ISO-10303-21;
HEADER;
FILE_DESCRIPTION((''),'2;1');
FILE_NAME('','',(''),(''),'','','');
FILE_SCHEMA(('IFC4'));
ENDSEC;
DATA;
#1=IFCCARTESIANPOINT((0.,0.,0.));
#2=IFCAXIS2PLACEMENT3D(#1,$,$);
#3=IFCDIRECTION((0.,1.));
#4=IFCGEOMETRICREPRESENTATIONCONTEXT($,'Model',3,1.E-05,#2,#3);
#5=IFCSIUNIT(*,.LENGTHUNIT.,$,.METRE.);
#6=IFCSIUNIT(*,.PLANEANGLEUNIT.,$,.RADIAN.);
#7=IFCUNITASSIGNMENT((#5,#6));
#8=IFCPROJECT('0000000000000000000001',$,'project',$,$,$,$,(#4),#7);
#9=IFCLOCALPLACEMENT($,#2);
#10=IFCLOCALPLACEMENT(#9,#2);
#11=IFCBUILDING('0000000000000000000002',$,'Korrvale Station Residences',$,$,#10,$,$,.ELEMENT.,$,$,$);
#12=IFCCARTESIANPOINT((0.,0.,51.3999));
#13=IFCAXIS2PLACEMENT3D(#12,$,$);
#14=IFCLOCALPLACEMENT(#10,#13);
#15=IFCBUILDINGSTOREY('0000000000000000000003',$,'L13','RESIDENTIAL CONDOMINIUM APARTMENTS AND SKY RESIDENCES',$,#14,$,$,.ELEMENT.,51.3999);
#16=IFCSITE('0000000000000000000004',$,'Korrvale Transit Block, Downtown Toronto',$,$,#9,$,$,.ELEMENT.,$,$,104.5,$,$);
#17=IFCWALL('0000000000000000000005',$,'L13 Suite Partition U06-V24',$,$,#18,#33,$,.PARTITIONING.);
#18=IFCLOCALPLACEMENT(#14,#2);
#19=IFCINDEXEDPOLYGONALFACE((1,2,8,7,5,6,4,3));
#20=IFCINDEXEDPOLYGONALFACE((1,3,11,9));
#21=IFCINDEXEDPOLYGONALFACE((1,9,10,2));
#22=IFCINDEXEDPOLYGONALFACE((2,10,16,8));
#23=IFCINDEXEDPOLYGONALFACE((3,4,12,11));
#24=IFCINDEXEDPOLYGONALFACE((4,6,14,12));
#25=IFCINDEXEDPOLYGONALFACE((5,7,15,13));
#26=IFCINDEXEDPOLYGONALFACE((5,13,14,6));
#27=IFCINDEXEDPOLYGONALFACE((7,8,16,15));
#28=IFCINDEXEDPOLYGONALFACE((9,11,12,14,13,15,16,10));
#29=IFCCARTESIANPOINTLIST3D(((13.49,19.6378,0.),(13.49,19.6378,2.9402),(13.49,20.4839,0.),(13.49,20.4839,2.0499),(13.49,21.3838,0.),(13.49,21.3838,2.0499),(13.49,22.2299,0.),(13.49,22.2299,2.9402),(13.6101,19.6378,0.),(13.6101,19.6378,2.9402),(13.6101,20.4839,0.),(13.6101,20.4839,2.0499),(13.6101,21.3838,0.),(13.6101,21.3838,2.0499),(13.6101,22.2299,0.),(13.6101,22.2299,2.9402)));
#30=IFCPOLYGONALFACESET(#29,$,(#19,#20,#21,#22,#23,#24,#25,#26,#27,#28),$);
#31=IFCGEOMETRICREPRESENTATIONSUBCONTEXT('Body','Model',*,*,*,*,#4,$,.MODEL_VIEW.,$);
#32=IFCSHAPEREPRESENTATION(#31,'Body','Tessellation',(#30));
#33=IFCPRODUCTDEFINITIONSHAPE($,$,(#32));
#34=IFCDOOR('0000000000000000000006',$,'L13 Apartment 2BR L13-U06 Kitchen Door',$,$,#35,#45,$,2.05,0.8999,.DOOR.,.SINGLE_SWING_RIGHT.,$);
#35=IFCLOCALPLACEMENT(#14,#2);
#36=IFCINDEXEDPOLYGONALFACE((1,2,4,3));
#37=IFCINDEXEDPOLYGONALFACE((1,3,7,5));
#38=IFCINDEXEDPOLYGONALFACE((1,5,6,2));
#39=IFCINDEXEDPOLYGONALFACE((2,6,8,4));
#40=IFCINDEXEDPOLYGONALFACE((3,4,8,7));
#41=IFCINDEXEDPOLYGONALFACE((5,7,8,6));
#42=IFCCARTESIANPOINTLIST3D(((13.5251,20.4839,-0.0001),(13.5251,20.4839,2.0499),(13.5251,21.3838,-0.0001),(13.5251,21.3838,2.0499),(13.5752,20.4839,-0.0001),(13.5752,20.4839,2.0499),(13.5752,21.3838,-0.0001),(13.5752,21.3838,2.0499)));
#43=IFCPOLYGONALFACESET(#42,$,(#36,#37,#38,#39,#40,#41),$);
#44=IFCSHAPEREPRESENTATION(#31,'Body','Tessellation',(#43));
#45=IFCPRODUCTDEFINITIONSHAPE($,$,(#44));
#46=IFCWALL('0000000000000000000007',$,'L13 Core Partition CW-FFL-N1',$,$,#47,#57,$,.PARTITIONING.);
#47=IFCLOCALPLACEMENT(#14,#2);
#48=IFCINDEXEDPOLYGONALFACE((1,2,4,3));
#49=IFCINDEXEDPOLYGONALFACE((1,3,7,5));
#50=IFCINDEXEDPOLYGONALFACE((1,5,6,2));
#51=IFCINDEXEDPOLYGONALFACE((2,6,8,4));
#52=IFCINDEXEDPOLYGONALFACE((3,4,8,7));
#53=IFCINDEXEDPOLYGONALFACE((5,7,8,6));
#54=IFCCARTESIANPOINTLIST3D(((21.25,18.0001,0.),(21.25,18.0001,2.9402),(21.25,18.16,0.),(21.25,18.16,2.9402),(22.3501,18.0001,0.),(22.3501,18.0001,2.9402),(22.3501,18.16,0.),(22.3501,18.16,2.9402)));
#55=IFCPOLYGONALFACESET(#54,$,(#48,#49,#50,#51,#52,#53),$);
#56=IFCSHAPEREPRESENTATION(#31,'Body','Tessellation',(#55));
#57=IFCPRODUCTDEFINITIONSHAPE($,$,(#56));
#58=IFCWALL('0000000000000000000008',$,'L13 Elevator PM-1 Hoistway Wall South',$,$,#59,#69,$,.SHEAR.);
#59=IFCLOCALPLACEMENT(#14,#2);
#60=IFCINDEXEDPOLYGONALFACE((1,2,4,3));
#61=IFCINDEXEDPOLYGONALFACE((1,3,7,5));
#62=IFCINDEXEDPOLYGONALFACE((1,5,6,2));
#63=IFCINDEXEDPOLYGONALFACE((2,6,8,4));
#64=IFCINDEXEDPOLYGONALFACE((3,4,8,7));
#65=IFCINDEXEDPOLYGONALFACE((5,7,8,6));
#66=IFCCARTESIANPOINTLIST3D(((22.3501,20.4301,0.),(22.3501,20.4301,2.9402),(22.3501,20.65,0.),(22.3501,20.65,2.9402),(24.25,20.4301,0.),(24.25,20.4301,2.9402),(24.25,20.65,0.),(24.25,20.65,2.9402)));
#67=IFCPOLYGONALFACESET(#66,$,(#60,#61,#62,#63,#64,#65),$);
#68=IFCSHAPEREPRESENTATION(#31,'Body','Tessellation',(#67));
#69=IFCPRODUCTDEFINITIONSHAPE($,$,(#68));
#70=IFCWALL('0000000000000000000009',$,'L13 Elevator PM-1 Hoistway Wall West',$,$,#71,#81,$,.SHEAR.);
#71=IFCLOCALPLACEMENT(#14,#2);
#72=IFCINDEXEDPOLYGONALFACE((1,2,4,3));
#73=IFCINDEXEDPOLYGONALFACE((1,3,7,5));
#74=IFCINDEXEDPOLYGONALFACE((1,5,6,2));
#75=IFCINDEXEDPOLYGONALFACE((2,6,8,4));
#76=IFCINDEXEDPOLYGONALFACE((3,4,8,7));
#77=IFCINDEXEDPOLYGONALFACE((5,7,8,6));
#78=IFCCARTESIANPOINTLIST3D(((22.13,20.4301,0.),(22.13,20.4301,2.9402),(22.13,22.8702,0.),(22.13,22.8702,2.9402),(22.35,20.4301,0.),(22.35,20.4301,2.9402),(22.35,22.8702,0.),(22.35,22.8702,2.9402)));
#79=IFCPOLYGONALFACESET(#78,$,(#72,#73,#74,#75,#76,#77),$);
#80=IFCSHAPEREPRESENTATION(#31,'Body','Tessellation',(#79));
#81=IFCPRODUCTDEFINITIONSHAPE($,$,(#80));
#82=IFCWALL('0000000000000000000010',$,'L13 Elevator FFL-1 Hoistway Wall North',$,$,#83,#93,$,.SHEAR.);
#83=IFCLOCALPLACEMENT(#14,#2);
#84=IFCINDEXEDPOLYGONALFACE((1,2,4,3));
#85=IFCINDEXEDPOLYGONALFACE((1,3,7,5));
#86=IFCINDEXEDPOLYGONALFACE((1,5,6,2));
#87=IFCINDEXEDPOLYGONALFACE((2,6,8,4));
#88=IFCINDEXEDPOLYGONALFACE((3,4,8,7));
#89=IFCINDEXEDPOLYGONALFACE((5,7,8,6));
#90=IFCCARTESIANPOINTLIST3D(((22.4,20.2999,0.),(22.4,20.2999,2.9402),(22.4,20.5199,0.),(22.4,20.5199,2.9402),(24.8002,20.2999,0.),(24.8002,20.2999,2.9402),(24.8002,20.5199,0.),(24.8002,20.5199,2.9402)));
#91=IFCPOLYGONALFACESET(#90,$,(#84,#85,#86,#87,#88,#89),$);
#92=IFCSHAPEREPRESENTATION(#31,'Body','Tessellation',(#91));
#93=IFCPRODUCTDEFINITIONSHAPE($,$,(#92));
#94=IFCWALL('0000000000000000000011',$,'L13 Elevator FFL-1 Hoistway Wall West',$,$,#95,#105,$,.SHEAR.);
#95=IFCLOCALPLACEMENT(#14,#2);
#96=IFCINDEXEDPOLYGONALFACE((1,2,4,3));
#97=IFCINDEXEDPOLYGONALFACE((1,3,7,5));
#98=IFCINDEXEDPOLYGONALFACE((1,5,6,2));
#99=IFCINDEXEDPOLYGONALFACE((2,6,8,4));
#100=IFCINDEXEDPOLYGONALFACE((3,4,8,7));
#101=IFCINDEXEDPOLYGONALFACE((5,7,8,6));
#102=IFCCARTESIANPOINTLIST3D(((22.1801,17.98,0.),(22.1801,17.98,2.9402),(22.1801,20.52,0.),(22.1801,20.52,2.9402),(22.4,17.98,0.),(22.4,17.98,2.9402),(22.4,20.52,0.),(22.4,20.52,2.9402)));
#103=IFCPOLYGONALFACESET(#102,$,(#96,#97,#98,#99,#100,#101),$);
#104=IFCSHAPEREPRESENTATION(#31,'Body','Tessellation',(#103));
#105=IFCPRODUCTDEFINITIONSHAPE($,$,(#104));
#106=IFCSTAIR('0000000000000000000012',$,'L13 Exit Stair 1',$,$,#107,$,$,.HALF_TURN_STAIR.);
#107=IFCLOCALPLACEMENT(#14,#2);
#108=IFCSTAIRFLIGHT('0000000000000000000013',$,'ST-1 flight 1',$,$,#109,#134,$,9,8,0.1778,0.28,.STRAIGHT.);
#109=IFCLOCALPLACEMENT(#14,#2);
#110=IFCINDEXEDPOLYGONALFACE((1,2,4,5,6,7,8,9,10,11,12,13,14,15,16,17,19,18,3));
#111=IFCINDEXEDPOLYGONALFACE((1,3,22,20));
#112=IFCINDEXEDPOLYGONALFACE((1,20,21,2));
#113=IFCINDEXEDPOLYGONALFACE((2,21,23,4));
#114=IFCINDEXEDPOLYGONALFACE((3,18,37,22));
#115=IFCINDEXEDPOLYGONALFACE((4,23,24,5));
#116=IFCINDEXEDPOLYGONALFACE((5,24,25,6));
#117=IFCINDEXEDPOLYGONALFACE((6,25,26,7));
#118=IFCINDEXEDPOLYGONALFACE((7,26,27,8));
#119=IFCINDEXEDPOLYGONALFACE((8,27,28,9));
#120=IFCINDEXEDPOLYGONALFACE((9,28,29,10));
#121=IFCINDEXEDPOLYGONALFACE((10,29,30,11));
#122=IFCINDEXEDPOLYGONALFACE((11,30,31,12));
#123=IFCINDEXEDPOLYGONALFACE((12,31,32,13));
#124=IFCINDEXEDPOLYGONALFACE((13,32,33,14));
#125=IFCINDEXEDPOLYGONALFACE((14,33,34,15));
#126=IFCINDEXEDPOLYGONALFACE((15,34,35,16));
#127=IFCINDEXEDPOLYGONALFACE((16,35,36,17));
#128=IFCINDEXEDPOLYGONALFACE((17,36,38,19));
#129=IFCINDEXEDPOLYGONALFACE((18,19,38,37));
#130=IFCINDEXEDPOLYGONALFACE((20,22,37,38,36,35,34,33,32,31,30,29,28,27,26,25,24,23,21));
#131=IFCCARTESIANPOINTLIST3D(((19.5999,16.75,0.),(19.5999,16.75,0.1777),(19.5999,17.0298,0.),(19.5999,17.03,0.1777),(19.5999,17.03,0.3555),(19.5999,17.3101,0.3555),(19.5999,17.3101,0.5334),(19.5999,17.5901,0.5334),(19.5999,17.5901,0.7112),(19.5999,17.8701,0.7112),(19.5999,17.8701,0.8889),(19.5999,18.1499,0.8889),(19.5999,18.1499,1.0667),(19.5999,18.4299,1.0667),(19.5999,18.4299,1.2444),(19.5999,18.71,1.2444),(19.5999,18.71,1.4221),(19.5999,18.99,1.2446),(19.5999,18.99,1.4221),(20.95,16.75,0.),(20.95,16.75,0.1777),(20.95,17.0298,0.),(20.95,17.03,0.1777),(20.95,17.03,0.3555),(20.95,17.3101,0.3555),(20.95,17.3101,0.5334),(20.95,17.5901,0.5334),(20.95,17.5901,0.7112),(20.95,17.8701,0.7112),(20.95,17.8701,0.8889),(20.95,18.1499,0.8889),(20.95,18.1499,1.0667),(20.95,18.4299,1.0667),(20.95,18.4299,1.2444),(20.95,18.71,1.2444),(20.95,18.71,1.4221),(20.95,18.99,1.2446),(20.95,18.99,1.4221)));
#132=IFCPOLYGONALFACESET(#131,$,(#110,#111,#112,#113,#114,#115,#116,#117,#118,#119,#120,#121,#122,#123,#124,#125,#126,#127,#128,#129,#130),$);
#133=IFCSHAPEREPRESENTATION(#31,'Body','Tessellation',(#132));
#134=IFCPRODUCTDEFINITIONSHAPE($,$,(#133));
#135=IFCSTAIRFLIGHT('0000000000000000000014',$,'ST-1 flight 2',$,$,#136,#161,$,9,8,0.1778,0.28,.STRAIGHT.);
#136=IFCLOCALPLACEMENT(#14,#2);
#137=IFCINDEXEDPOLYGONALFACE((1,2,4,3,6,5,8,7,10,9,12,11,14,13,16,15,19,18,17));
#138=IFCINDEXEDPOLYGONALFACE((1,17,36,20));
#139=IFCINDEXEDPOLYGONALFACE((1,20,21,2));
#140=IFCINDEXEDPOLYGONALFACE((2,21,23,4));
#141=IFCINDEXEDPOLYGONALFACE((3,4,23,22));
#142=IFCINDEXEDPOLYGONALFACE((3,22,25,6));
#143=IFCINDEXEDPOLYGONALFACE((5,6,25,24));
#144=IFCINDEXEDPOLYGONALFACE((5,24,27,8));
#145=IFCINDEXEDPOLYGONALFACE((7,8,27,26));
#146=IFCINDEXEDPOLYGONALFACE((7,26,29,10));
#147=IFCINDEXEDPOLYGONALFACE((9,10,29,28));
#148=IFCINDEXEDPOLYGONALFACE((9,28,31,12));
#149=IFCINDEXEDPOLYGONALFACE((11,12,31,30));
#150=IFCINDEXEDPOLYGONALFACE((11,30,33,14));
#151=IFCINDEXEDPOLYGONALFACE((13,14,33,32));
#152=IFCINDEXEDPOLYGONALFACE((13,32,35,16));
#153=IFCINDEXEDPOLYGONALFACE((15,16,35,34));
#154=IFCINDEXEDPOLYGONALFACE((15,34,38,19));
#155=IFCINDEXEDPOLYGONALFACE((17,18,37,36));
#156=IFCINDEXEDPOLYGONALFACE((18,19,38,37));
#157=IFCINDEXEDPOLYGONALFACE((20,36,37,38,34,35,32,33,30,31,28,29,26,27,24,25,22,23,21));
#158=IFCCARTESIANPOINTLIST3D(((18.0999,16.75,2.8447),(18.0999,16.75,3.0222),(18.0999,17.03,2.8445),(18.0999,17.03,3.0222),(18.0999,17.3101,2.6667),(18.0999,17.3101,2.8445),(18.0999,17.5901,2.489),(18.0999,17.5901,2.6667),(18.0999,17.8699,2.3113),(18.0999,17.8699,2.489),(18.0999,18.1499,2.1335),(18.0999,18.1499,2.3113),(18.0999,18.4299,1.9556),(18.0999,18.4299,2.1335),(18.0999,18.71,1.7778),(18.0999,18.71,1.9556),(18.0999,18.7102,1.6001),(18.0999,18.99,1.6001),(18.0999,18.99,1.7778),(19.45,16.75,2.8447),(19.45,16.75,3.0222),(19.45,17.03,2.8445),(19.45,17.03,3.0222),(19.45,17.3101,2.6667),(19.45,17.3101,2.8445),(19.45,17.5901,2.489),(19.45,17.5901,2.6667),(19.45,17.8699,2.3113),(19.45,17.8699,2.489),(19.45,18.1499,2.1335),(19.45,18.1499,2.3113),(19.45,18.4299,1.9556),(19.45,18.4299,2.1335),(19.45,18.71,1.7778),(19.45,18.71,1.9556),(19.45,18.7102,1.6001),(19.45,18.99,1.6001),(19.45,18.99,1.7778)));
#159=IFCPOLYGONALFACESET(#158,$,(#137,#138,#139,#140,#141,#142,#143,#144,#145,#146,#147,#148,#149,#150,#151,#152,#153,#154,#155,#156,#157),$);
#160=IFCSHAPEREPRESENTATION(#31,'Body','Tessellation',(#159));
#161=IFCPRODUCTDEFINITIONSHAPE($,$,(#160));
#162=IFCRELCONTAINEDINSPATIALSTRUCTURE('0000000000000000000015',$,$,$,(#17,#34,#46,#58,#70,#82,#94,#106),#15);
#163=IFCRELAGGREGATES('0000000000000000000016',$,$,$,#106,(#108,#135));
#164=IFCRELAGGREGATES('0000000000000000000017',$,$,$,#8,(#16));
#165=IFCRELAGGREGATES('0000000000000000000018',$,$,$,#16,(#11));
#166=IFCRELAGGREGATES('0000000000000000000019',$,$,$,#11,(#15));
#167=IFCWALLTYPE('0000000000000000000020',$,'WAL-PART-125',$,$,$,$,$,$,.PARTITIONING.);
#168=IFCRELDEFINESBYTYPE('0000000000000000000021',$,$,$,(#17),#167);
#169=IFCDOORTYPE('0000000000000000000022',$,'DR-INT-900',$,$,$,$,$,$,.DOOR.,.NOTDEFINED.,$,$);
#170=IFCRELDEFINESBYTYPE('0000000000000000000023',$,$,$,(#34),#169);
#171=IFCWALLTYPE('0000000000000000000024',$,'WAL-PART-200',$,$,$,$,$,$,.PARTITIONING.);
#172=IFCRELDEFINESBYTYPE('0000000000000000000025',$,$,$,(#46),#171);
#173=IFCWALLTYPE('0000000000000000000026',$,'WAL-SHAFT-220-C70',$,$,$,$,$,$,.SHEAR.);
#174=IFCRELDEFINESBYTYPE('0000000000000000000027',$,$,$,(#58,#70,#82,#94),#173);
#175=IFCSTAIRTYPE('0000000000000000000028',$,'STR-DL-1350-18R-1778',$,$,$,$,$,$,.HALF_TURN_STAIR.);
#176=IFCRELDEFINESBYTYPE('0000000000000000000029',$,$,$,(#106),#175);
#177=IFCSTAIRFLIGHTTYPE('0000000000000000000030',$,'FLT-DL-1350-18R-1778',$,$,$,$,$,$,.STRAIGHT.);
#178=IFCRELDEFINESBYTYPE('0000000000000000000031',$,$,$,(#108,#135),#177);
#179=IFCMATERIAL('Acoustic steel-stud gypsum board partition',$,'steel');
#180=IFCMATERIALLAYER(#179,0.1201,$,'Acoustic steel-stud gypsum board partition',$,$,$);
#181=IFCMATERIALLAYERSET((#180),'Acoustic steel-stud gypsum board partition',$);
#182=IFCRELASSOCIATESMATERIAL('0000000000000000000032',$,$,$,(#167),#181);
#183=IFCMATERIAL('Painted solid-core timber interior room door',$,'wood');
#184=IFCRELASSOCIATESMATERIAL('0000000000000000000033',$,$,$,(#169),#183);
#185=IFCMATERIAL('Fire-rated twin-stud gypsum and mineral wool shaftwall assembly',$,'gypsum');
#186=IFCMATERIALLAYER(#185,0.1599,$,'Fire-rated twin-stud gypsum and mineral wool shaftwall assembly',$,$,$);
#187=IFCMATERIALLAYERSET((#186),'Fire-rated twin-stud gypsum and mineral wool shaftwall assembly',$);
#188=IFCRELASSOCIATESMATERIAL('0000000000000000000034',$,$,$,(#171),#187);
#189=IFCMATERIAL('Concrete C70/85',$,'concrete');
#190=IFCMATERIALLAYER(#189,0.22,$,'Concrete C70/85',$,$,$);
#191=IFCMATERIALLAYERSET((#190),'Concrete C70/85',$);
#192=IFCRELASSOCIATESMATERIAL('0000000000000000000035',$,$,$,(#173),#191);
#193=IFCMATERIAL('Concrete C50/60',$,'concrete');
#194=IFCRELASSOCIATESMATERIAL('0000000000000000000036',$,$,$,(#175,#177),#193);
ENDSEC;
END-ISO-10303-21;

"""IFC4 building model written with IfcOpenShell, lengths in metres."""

from ifc_helpers import new_model, si_unit, direction, frame, frame_2d, origin, place, context, subcontext, project, spatial, polyline, rectangle, outline, extrude, material, layer, layer_set, type_object, element, fill, aggregate, save


model = new_model("IFC4")

# Units and contexts
model_context = context("Model", 3, precision=1e-05, world=origin(), true_north=direction((0.0, 1.0)))
body_context = subcontext(model_context, "Body", "Model", "MODEL_VIEW")
ifc_project = project(units=[si_unit("LENGTHUNIT", "METRE"), si_unit("PLANEANGLEUNIT", "RADIAN")], contexts=[model_context])

# Site, building, storey
site_placement = place(None, origin())
site = spatial("IfcSite", under=ifc_project, at=site_placement, Name="Korrvale Transit Block, Downtown Toronto", CompositionType="ELEMENT", RefElevation=104.5)
building_placement = place(site_placement, origin())
building = spatial("IfcBuilding", under=site, at=building_placement, Name="Korrvale Station Residences", CompositionType="ELEMENT")
storey_placement = place(building_placement, frame((0.0, 0.0, 51.3999)))
storey = spatial("IfcBuildingStorey", under=building, at=storey_placement, Name="L13", Description="RESIDENTIAL CONDOMINIUM APARTMENTS AND SKY RESIDENCES", CompositionType="ELEMENT", Elevation=51.3999)

# Shared definitions
ifc_material_1 = material(Name="Concrete C70/85", Category="concrete")

# Shared definitions
ifc_material_2 = material(Name="Acoustic steel-stud gypsum board partition", Category="steel")
ifc_layer_1 = layer(ifc_material_2, 0.1201, Name="Acoustic steel-stud gypsum board partition")
ifc_layer_set_1 = layer_set([ifc_layer_1], Name="Acoustic steel-stud gypsum board partition")
wall_type_1 = type_object("IfcWallType", Name="WAL-PART-125", PredefinedType="PARTITIONING", material=ifc_layer_set_1)

# Wall, opening, door
ifc_material_3 = material(Name="Painted solid-core timber interior room door", Category="wood")
door_type_1 = type_object("IfcDoorType", Name="DR-INT-900", OperationType="NOTDEFINED", PredefinedType="DOOR", material=ifc_material_3)
wall_1_placement = place(storey_placement, frame((13.55, 19.6379, 0.0), z_axis=(0.0, 0.0, 1.0), x_axis=(0.0, 1.0, 0.0)))
wall_1 = element("IfcWall", 1, at=wall_1_placement, inside=storey, type_object=wall_type_1, Name="L13 Suite Partition U06-V24", PredefinedType="PARTITIONING", context=body_context, shape_type="SweptSolid", body=[
    extrude(rectangle(XDim=2.592, YDim=0.1201, at=frame_2d((1.2959, 0.0))), origin(), (0.0, 0.0, 1.0), 2.9402),
])
opening_1_placement = place(wall_1_placement, frame((0.8459, 0.0, 0.0)))
opening_1 = element("IfcOpeningElement", 2, at=opening_1_placement, cuts=wall_1, PredefinedType="OPENING", context=body_context, shape_type="SweptSolid", body=[
    extrude(rectangle(XDim=0.8999, YDim=2.05, at=frame_2d((0.45, 1.0249))), frame((0.0, 0.0701, 0.0), z_axis=(0.0, -1.0, 0.0), x_axis=(1.0, 0.0, 0.0)), (0.0, 0.0, 1.0), 0.1401),
])
door_1_placement = place(opening_1_placement, origin())
door_1 = element("IfcDoor", 3, at=door_1_placement, inside=storey, type_object=door_type_1, Name="L13 Apartment 2BR L13-U06 Kitchen Door", OperationType="SINGLE_SWING_RIGHT", OverallHeight=2.05, OverallWidth=0.8999, PredefinedType="DOOR", context=body_context, shape_type="SweptSolid", body=[
    extrude(rectangle(XDim=0.8999, YDim=2.05, at=frame_2d((0.45, 1.0249))), frame((0.0, 0.0249, 0.0), z_axis=(0.0, -1.0, 0.0), x_axis=(1.0, 0.0, 0.0)), (0.0, 0.0, 1.0), 0.05),
])
fill(opening_1, door_1)

# Walls
ifc_material_4 = material(Name="Fire-rated twin-stud gypsum and mineral wool shaftwall assembly", Category="gypsum")
ifc_layer_2 = layer(ifc_material_4, 0.1599, Name="Fire-rated twin-stud gypsum and mineral wool shaftwall assembly")
ifc_layer_set_2 = layer_set([ifc_layer_2], Name="Fire-rated twin-stud gypsum and mineral wool shaftwall assembly")
wall_type_2 = type_object("IfcWallType", Name="WAL-PART-200", PredefinedType="PARTITIONING", material=ifc_layer_set_2)
wall_2_placement = place(storey_placement, frame((21.25, 18.0801, 0.0), z_axis=(0.0, 0.0, 1.0), x_axis=(1.0, 0.0, 0.0)))
element("IfcWall", 4, at=wall_2_placement, inside=storey, type_object=wall_type_2, Name="L13 Core Partition CW-FFL-N1", PredefinedType="PARTITIONING", context=body_context, shape_type="SweptSolid", body=[
    extrude(rectangle(XDim=1.1001, YDim=0.1599, at=frame_2d((0.55, 0.0))), origin(), (0.0, 0.0, 1.0), 2.9402),
])
ifc_layer_3 = layer(ifc_material_1, 0.22, Name="Concrete C70/85")
ifc_layer_set_3 = layer_set([ifc_layer_3], Name="Concrete C70/85")
wall_type_3 = type_object("IfcWallType", Name="WAL-SHAFT-220-C70", PredefinedType="SHEAR", material=ifc_layer_set_3)
wall_3_placement = place(storey_placement, frame((22.3501, 20.54, 0.0), z_axis=(0.0, 0.0, 1.0), x_axis=(1.0, 0.0, 0.0)))
element("IfcWall", 5, at=wall_3_placement, inside=storey, type_object=wall_type_3, Name="L13 Elevator PM-1 Hoistway Wall South", PredefinedType="SHEAR", context=body_context, shape_type="SweptSolid", body=[
    extrude(rectangle(XDim=1.8999, YDim=0.22, at=frame_2d((0.95, 0.0))), origin(), (0.0, 0.0, 1.0), 2.9402),
])
wall_4_placement = place(storey_placement, frame((22.24, 20.4299, 0.0), z_axis=(0.0, 0.0, 1.0), x_axis=(0.0, 1.0, 0.0)))
element("IfcWall", 6, at=wall_4_placement, inside=storey, type_object=wall_type_3, Name="L13 Elevator PM-1 Hoistway Wall West", PredefinedType="SHEAR", context=body_context, shape_type="SweptSolid", body=[
    extrude(rectangle(XDim=2.4402, YDim=0.22, at=frame_2d((1.2202, 0.0))), origin(), (0.0, 0.0, 1.0), 2.9402),
])

# Walls
wall_5_placement = place(storey_placement, frame((22.3999, 20.4099, 0.0), z_axis=(0.0, 0.0, 1.0), x_axis=(1.0, 0.0, 0.0)))
element("IfcWall", 7, at=wall_5_placement, inside=storey, type_object=wall_type_3, Name="L13 Elevator FFL-1 Hoistway Wall North", PredefinedType="SHEAR", context=body_context, shape_type="SweptSolid", body=[
    extrude(rectangle(XDim=2.4001, YDim=0.22, at=frame_2d((1.2002, 0.0))), origin(), (0.0, 0.0, 1.0), 2.9402),
])
wall_6_placement = place(storey_placement, frame((22.29, 17.98, 0.0), z_axis=(0.0, 0.0, 1.0), x_axis=(0.0, 1.0, 0.0)))
element("IfcWall", 8, at=wall_6_placement, inside=storey, type_object=wall_type_3, Name="L13 Elevator FFL-1 Hoistway Wall West", PredefinedType="SHEAR", context=body_context, shape_type="SweptSolid", body=[
    extrude(rectangle(XDim=2.54, YDim=0.22, at=frame_2d((1.27, 0.0))), origin(), (0.0, 0.0, 1.0), 2.9402),
])

# Stair, stair flights
ifc_material_5 = material(Name="Concrete C50/60", Category="concrete")
stair_type = type_object("IfcStairType", Name="STR-DL-1350-18R-1778", PredefinedType="HALF_TURN_STAIR", material=ifc_material_5)
stair_placement = place(storey_placement, origin())
stair = element("IfcStair", 9, at=stair_placement, inside=storey, type_object=stair_type, Name="L13 Exit Stair 1", PredefinedType="HALF_TURN_STAIR")
stair_flight_type = type_object("IfcStairFlightType", Name="FLT-DL-1350-18R-1778", PredefinedType="STRAIGHT", material=ifc_material_5)
stair_flight_1_placement = place(storey_placement, frame((20.2749, 16.75, 0.0), z_axis=(0.0, 0.0, 1.0), x_axis=(0.0, 1.0, 0.0)))
stair_flight_1 = element("IfcStairFlight", 10, at=stair_flight_1_placement, type_object=stair_flight_type, Name="ST-1 flight 1", NumberOfRisers=9, NumberOfTreads=8, PredefinedType="STRAIGHT", RiserHeight=0.1778, TreadLength=0.28, context=body_context, shape_type="SweptSolid", body=[
    extrude(outline(polyline([(0.0, 0.0), (0.0, 0.1777), (0.28, 0.1777), (0.28, 0.3555), (0.5601, 0.3555), (0.5601, 0.5334), (0.8401, 0.5334), (0.8401, 0.7112), (1.1201, 0.7112), (1.1201, 0.8889), (1.3999, 0.8889), (1.3999, 1.0667), (1.6799, 1.0667), (1.6799, 1.2444), (1.96, 1.2444), (1.96, 1.4221), (2.24, 1.4221), (2.24, 1.6001), (2.24, 1.2446), (0.2798, 0.0), (0.0, 0.0)])), frame((0.0, 0.675, 0.0), z_axis=(0.0, -1.0, 0.0), x_axis=(1.0, 0.0, 0.0)), (0.0, 0.0, 1.0), 1.3501),
])
stair_flight_2_placement = place(storey_placement, frame((18.7749, 18.99, 1.6001), z_axis=(0.0, 0.0, 1.0), x_axis=(0.0, -1.0, 0.0)))
stair_flight_2 = element("IfcStairFlight", 11, at=stair_flight_2_placement, type_object=stair_flight_type, Name="ST-1 flight 2", NumberOfRisers=9, NumberOfTreads=8, PredefinedType="STRAIGHT", RiserHeight=0.1778, TreadLength=0.28, context=body_context, shape_type="SweptSolid", body=[
    extrude(outline(polyline([(0.0, 0.0), (0.0, 0.1777), (0.28, 0.1777), (0.28, 0.3555), (0.5601, 0.3555), (0.5601, 0.5334), (0.8401, 0.5334), (0.8401, 0.7112), (1.1201, 0.7112), (1.1201, 0.8889), (1.3999, 0.8889), (1.3999, 1.0667), (1.6799, 1.0667), (1.6799, 1.2444), (1.96, 1.2444), (1.96, 1.4221), (2.24, 1.4221), (2.24, 1.6001), (2.24, 1.2446), (0.2798, 0.0), (0.0, 0.0)])), frame((0.0, 0.675, 0.0), z_axis=(0.0, -1.0, 0.0), x_axis=(1.0, 0.0, 0.0)), (0.0, 0.0, 1.0), 1.3501),
])
aggregate(stair, [stair_flight_1, stair_flight_2])

save(model, "model.ifc")
